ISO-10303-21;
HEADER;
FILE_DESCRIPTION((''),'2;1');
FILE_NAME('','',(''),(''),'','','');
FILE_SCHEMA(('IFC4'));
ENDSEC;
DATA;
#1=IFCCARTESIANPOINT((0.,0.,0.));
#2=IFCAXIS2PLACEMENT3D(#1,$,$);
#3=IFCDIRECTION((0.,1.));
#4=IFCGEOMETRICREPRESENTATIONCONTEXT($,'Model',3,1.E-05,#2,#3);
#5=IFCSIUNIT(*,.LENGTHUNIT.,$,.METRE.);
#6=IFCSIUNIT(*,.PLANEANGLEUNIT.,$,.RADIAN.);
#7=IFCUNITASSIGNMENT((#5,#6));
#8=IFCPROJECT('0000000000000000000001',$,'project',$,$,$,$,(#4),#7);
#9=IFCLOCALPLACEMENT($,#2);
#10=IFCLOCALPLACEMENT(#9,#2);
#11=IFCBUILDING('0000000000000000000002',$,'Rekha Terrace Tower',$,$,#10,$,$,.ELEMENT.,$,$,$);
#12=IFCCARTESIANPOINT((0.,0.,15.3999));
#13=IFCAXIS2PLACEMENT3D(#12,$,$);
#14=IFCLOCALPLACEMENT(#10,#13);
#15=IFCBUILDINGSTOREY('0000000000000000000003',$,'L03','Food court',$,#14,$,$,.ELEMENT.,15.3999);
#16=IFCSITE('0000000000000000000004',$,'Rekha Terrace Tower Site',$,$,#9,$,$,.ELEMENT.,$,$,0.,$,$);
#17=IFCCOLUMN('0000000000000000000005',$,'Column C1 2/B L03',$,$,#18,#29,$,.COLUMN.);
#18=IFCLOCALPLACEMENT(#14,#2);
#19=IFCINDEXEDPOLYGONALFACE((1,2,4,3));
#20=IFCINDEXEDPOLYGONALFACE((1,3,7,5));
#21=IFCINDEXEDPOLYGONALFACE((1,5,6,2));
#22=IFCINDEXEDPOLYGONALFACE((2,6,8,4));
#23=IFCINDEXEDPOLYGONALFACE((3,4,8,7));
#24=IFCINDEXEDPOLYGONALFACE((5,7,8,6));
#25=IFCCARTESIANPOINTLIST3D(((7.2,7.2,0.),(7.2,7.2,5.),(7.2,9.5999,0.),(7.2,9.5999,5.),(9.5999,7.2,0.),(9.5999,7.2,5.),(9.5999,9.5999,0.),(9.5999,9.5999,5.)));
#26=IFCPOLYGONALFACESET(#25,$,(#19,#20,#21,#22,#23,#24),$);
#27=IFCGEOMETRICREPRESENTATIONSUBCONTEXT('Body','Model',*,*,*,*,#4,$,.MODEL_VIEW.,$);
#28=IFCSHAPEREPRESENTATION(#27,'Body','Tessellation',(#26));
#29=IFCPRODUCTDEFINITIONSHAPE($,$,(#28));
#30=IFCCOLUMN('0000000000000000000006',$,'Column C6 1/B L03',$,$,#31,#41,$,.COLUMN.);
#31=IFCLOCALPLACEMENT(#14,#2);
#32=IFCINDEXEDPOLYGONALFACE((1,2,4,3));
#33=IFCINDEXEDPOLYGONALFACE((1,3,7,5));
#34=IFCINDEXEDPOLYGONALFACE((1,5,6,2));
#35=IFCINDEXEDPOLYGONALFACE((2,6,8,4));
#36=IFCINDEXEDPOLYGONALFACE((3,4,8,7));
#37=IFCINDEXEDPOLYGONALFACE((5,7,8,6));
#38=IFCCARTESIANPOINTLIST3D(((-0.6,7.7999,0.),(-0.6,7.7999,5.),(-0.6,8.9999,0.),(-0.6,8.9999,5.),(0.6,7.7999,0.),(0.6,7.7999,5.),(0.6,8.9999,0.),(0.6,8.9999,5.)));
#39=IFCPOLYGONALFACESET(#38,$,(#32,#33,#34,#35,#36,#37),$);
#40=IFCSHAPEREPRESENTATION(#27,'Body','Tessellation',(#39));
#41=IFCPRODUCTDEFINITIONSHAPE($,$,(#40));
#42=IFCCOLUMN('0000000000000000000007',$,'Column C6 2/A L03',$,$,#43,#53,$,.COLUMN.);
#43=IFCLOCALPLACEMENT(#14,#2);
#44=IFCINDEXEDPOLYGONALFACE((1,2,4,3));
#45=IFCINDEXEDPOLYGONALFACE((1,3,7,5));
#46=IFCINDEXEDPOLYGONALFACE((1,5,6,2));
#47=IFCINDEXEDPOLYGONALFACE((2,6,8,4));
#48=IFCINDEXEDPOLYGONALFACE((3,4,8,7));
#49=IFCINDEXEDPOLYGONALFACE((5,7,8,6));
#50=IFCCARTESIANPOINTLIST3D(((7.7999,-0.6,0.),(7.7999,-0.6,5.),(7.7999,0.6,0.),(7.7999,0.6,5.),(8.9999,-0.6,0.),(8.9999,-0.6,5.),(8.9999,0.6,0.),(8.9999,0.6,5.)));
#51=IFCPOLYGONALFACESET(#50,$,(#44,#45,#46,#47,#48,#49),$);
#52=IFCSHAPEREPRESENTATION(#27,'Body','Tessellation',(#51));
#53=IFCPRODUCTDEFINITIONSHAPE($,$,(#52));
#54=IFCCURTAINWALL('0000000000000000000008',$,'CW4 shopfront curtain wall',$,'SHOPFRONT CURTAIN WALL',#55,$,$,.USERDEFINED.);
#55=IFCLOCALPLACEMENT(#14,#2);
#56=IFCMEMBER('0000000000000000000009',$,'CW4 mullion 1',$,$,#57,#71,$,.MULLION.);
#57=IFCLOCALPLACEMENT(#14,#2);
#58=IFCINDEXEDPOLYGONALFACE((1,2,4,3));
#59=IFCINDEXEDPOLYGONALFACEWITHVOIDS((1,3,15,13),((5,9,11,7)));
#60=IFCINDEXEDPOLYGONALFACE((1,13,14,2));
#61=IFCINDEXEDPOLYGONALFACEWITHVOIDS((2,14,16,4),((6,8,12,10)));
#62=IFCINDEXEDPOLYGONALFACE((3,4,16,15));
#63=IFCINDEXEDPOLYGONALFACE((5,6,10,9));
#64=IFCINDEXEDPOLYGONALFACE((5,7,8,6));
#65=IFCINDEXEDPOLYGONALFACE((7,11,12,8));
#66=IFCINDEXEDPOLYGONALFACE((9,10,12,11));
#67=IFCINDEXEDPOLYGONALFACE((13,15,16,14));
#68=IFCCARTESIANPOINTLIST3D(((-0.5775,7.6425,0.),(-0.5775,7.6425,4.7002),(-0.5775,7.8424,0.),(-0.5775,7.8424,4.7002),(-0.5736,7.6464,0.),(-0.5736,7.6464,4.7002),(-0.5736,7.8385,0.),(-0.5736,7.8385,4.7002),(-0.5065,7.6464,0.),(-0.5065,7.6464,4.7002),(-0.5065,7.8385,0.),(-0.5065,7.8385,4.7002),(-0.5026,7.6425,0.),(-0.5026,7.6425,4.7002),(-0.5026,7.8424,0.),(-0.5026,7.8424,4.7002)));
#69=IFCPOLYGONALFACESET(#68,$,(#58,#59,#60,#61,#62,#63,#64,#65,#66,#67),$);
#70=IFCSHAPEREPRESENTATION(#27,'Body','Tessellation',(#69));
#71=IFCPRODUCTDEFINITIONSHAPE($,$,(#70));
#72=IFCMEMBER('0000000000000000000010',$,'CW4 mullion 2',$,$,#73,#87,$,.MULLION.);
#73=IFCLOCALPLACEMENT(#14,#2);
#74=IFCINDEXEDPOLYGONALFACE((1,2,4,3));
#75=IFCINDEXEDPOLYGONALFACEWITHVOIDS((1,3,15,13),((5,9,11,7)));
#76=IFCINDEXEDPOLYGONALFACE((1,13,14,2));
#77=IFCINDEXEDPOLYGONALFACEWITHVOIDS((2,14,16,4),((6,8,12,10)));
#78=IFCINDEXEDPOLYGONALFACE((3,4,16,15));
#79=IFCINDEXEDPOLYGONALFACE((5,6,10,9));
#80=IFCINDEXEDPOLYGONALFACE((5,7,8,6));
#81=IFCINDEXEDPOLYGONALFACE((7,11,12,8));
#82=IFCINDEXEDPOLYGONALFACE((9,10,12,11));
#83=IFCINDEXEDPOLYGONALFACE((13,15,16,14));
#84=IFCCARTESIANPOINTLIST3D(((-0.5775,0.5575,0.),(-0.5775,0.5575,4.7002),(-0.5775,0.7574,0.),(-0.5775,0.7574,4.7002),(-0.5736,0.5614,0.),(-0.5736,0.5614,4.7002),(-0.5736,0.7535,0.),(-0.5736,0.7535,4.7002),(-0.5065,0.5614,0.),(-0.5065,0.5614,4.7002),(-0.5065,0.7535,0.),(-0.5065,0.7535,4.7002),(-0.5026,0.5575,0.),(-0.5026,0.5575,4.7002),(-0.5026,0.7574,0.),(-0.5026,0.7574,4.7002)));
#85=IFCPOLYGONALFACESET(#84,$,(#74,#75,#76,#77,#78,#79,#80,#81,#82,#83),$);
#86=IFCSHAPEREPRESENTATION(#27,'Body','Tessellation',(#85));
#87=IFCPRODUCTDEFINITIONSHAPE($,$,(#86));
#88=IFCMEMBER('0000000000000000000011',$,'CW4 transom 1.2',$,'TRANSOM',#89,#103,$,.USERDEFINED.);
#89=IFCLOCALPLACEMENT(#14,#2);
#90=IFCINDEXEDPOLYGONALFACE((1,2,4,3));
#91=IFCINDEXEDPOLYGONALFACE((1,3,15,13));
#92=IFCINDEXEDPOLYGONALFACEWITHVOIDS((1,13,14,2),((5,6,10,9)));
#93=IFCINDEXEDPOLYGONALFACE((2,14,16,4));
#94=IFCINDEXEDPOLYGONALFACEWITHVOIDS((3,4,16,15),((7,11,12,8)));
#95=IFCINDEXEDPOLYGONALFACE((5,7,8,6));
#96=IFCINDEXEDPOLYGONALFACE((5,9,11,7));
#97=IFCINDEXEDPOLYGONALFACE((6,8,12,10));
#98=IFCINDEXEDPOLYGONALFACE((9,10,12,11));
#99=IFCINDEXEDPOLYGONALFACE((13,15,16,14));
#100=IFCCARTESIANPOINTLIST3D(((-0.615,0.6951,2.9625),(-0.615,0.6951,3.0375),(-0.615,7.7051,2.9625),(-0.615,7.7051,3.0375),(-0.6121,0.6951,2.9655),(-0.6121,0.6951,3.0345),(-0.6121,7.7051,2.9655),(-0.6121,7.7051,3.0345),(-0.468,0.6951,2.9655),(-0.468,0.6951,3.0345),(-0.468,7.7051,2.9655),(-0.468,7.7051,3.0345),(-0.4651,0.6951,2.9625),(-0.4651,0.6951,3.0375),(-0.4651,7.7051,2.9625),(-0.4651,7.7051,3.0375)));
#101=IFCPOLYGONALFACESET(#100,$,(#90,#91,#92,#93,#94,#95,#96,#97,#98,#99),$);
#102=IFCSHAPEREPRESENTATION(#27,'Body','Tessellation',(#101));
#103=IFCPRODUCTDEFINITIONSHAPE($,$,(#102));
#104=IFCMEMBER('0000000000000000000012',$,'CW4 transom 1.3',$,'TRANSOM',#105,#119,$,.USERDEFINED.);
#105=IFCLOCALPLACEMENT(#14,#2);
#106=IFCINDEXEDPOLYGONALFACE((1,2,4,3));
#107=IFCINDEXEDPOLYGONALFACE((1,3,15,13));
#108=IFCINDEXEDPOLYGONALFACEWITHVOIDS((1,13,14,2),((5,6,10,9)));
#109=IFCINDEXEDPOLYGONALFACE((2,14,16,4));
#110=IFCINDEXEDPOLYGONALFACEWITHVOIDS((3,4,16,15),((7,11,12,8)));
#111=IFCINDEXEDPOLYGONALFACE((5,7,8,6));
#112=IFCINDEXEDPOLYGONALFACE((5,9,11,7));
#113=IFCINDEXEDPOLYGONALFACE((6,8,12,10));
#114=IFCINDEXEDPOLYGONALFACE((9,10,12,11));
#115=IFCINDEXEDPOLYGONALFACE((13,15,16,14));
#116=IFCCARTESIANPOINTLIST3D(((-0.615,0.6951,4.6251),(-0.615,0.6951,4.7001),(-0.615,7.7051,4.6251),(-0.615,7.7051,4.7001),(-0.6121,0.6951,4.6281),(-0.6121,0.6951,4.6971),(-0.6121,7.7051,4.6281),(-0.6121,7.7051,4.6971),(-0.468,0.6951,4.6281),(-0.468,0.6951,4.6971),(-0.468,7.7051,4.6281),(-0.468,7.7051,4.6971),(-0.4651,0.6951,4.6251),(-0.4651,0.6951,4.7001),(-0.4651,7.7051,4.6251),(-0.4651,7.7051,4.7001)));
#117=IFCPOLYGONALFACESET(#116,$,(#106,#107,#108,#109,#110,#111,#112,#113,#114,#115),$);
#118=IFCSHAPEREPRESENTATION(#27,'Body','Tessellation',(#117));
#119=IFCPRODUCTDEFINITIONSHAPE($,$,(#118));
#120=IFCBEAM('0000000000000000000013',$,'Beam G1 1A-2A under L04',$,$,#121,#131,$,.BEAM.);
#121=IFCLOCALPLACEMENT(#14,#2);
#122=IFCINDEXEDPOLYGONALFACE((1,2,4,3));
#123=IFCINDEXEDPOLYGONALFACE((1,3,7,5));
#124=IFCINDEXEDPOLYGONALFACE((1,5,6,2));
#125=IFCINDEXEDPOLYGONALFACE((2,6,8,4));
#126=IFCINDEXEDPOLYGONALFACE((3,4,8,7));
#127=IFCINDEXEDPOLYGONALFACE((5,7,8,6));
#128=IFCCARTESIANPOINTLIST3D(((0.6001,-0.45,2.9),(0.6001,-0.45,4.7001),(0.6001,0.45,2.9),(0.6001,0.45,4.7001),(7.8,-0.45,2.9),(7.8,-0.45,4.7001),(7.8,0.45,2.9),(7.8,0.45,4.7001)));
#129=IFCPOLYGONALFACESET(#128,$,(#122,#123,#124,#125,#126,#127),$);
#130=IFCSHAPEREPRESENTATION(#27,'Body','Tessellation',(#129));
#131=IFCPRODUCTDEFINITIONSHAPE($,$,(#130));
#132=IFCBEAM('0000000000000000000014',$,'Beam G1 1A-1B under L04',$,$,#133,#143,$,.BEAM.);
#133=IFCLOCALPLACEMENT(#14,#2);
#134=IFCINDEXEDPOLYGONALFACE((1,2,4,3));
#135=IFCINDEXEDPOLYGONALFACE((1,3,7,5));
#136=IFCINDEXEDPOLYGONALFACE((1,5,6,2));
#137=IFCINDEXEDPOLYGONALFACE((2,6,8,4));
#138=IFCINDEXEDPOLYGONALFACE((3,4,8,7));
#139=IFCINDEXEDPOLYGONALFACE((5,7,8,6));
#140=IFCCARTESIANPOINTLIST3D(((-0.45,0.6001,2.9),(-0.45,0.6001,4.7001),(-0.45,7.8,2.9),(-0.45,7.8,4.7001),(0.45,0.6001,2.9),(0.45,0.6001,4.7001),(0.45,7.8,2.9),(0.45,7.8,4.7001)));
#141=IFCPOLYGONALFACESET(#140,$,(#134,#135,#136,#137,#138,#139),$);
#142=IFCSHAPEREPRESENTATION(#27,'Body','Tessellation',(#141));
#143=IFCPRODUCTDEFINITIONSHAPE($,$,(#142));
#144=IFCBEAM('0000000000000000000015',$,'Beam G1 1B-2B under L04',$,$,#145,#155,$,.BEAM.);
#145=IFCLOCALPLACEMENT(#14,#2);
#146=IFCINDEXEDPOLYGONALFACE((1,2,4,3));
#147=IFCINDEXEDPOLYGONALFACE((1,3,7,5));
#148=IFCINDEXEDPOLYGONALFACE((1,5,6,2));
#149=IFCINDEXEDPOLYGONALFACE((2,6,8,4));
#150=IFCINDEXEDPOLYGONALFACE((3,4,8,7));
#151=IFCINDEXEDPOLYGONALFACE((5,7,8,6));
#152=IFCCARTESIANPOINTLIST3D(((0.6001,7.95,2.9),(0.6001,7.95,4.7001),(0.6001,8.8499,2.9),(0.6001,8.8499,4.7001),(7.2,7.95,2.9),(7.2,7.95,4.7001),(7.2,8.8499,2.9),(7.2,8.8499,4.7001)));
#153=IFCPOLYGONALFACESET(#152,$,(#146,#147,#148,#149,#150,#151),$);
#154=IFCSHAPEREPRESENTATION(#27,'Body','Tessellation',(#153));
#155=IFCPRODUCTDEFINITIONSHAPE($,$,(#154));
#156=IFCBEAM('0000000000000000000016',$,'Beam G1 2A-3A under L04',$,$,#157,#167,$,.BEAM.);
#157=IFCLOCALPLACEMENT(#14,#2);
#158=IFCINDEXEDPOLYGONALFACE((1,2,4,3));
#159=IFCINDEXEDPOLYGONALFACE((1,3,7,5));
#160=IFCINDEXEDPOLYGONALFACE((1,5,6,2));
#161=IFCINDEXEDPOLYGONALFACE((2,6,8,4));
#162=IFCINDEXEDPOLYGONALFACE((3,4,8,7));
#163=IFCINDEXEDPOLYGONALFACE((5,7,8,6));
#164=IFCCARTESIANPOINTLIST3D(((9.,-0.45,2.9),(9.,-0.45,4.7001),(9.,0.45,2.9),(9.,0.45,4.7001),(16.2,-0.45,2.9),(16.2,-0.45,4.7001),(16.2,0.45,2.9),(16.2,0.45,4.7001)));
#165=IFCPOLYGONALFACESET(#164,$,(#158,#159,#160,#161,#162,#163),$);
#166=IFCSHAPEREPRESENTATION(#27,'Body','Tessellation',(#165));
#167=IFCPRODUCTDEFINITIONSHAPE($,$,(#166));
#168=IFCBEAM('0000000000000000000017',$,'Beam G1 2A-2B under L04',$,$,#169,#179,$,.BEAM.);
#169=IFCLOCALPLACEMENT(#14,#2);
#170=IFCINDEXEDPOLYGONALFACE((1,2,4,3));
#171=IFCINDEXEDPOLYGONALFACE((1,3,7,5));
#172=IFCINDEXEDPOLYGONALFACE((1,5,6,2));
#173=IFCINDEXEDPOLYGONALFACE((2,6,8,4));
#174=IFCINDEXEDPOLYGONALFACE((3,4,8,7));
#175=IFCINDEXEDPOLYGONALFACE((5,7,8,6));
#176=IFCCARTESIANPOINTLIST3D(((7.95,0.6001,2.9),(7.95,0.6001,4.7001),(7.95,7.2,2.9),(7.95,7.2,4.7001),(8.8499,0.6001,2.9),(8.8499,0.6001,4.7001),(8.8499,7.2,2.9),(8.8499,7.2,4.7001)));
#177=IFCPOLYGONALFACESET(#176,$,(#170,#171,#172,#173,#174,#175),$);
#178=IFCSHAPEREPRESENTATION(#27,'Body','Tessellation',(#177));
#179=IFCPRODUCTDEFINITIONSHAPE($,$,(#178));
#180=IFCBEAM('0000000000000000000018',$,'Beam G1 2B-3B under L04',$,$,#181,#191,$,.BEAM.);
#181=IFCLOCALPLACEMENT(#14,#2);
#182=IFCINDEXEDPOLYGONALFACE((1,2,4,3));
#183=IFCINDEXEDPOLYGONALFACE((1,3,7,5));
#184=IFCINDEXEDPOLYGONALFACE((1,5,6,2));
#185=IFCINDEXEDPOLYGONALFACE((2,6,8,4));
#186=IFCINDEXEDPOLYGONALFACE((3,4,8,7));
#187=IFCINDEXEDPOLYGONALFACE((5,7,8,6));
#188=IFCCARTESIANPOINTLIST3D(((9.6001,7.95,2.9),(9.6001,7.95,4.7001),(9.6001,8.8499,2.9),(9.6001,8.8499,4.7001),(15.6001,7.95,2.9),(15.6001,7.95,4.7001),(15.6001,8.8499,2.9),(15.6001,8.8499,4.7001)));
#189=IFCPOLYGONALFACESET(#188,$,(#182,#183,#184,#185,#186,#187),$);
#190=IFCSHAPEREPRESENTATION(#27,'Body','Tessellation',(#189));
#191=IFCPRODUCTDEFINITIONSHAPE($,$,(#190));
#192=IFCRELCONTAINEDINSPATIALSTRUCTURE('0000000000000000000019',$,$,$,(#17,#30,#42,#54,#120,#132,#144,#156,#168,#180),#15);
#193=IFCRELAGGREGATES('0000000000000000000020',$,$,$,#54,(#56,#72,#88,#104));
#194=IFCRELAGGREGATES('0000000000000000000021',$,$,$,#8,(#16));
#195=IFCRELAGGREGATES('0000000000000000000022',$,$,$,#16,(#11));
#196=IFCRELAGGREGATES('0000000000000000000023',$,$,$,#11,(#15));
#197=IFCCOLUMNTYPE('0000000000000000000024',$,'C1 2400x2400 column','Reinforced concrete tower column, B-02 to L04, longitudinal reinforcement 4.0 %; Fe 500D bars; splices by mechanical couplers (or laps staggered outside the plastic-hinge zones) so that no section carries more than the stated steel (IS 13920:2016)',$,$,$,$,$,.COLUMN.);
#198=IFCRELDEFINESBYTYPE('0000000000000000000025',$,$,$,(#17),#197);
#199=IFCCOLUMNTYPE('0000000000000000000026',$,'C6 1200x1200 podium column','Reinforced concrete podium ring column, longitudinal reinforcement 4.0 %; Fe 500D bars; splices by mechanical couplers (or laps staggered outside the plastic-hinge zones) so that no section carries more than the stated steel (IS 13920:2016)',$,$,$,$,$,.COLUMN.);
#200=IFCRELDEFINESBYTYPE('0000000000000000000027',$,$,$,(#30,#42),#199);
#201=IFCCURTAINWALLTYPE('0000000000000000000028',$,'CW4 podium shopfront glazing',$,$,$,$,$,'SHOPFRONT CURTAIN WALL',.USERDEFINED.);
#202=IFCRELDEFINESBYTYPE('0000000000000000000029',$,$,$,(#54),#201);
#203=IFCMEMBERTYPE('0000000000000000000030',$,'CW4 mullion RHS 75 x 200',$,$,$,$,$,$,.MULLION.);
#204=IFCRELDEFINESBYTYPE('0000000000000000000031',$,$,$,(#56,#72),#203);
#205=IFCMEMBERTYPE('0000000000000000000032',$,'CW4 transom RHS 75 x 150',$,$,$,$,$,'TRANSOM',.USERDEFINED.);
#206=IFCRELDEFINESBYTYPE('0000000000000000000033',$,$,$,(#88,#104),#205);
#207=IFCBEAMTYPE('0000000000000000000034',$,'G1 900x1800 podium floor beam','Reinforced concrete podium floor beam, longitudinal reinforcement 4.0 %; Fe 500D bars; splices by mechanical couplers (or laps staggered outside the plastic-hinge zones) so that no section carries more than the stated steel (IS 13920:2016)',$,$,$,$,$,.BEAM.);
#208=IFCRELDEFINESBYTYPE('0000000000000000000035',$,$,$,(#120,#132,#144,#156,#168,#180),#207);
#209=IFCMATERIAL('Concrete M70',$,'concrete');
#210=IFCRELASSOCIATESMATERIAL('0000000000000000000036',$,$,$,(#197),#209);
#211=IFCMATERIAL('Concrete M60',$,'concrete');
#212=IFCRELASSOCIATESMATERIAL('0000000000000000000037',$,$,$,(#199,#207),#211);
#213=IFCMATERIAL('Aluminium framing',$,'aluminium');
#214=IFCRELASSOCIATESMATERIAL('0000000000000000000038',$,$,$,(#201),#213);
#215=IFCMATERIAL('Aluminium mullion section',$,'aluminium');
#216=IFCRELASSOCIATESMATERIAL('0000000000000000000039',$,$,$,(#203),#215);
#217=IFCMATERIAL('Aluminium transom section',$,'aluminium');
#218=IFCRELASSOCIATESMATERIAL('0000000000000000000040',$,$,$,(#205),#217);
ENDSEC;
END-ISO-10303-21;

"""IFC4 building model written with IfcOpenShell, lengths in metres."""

from ifc_helpers import new_model, si_unit, direction, frame, origin, origin_2d, place, context, subcontext, project, spatial, rectangle, hollow_rectangle, extrude, material, material_profile, profile_set, type_object, element, aggregate, save


model = new_model("IFC4")

# Units and contexts
model_context = context("Model", 3, precision=1e-05, world=origin(), true_north=direction((0.0, 1.0)))
body_context = subcontext(model_context, "Body", "Model", "MODEL_VIEW")
ifc_project = project(units=[si_unit("LENGTHUNIT", "METRE"), si_unit("PLANEANGLEUNIT", "RADIAN")], contexts=[model_context])

# Site, building, storey
site_placement = place(None, origin())
site = spatial("IfcSite", under=ifc_project, at=site_placement, Name="Rekha Terrace Tower Site", CompositionType="ELEMENT", RefElevation=0.0)
building_placement = place(site_placement, origin())
building = spatial("IfcBuilding", under=site, at=building_placement, Name="Rekha Terrace Tower", CompositionType="ELEMENT")
storey_placement = place(building_placement, frame((0.0, 0.0, 15.3999)))
storey = spatial("IfcBuildingStorey", under=building, at=storey_placement, Name="L03", Description="Food court", CompositionType="ELEMENT", Elevation=15.3999)

# Columns
ifc_material_1 = material(Name="Concrete M70", Category="concrete")
ifc_material_profile_1 = material_profile(ifc_material_1, rectangle(XDim=2.3999, YDim=2.3999, at=origin_2d()), Name="RC 2400x2400")
ifc_profile_set_1 = profile_set([ifc_material_profile_1], Name="Concrete M70")
column_type_1 = type_object("IfcColumnType", Name="C1 2400x2400 column", Description="Reinforced concrete tower column, B-02 to L04, longitudinal reinforcement 4.0 %; Fe 500D bars; splices by mechanical couplers (or laps staggered outside the plastic-hinge zones) so that no section carries more than the stated steel (IS 13920:2016)", PredefinedType="COLUMN", material=ifc_profile_set_1)
column_placement = place(storey_placement, frame((8.3999, 8.3999, 0.0), z_axis=(0.0, 0.0, 1.0), x_axis=(1.0, 0.0, 0.0)))
element("IfcColumn", 1, at=column_placement, inside=storey, type_object=column_type_1, Name="Column C1 2/B L03", PredefinedType="COLUMN", context=body_context, shape_type="SweptSolid", body=[
    extrude(rectangle(XDim=2.3999, YDim=2.3999, at=origin_2d()), origin(), (0.0, 0.0, 1.0), 5.0),
])
ifc_material_2 = material(Name="Concrete M60", Category="concrete")
ifc_material_profile_2 = material_profile(ifc_material_2, rectangle(XDim=1.2, YDim=1.2, at=origin_2d()), Name="RC 1200x1200")
ifc_profile_set_2 = profile_set([ifc_material_profile_2], Name="Concrete M60")
column_type_2 = type_object("IfcColumnType", Name="C6 1200x1200 podium column", Description="Reinforced concrete podium ring column, longitudinal reinforcement 4.0 %; Fe 500D bars; splices by mechanical couplers (or laps staggered outside the plastic-hinge zones) so that no section carries more than the stated steel (IS 13920:2016)", PredefinedType="COLUMN", material=ifc_profile_set_2)
for number, where, z_axis, x_axis, name in (
    (2, (0.0, 8.3999, 0.0), (0.0, 0.0, 1.0), (1.0, 0.0, 0.0), "Column C6 1/B L03"),
    (3, (8.3999, 0.0, 0.0), (0.0, 0.0, 1.0), (1.0, 0.0, 0.0), "Column C6 2/A L03"),
):
    element("IfcColumn", number, at=place(storey_placement, frame(where, z_axis=z_axis, x_axis=x_axis)), inside=storey, type_object=column_type_2, Name=name, PredefinedType="COLUMN", context=body_context, shape_type="SweptSolid", body=[
        extrude(rectangle(XDim=1.2, YDim=1.2, at=origin_2d()), origin(), (0.0, 0.0, 1.0), 5.0),
    ])

# Curtain wall, members
ifc_material_3 = material(Name="Aluminium framing", Category="aluminium")
curtain_wall_type = type_object("IfcCurtainWallType", Name="CW4 podium shopfront glazing", ElementType="SHOPFRONT CURTAIN WALL", PredefinedType="USERDEFINED", material=ifc_material_3)
curtain_wall_placement = place(storey_placement, origin())
curtain_wall = element("IfcCurtainWall", 4, at=curtain_wall_placement, inside=storey, type_object=curtain_wall_type, Name="CW4 shopfront curtain wall", ObjectType="SHOPFRONT CURTAIN WALL", PredefinedType="USERDEFINED")
ifc_material_4 = material(Name="Aluminium mullion section", Category="aluminium")
ifc_material_profile_3 = material_profile(ifc_material_4, hollow_rectangle(XDim=0.075, YDim=0.2, WallThickness=0.0039, at=origin_2d()), Name="AL RHS 75x200")
ifc_profile_set_3 = profile_set([ifc_material_profile_3], Name="Aluminium mullion section")
member_type_1 = type_object("IfcMemberType", Name="CW4 mullion RHS 75 x 200", PredefinedType="MULLION", material=ifc_profile_set_3)
member_1_placement = place(storey_placement, frame((-0.54, 7.7424, 0.0), z_axis=(0.0, 0.0, 1.0), x_axis=(1.0, 0.0, 0.0)))
member_1 = element("IfcMember", 5, at=member_1_placement, type_object=member_type_1, Name="CW4 mullion 1", PredefinedType="MULLION", context=body_context, shape_type="SweptSolid", body=[
    extrude(hollow_rectangle(XDim=0.075, YDim=0.2, WallThickness=0.0039, at=origin_2d()), origin(), (0.0, 0.0, 1.0), 4.7002),
])
member_2_placement = place(storey_placement, frame((-0.54, 0.6575, 0.0), z_axis=(0.0, 0.0, 1.0), x_axis=(1.0, 0.0, 0.0)))
member_2 = element("IfcMember", 6, at=member_2_placement, type_object=member_type_1, Name="CW4 mullion 2", PredefinedType="MULLION", context=body_context, shape_type="SweptSolid", body=[
    extrude(hollow_rectangle(XDim=0.075, YDim=0.2, WallThickness=0.0039, at=origin_2d()), origin(), (0.0, 0.0, 1.0), 4.7002),
])
ifc_material_5 = material(Name="Aluminium transom section", Category="aluminium")
ifc_material_profile_4 = material_profile(ifc_material_5, hollow_rectangle(XDim=0.1499, YDim=0.075, WallThickness=0.0029, at=origin_2d()), Name="AL RHS 150x75")
ifc_profile_set_4 = profile_set([ifc_material_profile_4], Name="Aluminium transom section")
member_type_2 = type_object("IfcMemberType", Name="CW4 transom RHS 75 x 150", ElementType="TRANSOM", PredefinedType="USERDEFINED", material=ifc_profile_set_4)
member_3_placement = place(storey_placement, frame((-0.54, 7.7051, 3.0), z_axis=(0.0, -1.0, 0.0), x_axis=(1.0, 0.0, 0.0)))
member_3 = element("IfcMember", 7, at=member_3_placement, type_object=member_type_2, Name="CW4 transom 1.2", ObjectType="TRANSOM", PredefinedType="USERDEFINED", context=body_context, shape_type="SweptSolid", body=[
    extrude(hollow_rectangle(XDim=0.1499, YDim=0.075, WallThickness=0.0029, at=origin_2d()), origin(), (0.0, 0.0, 1.0), 7.01),
])
member_4_placement = place(storey_placement, frame((-0.54, 7.7051, 4.6626), z_axis=(0.0, -1.0, 0.0), x_axis=(1.0, 0.0, 0.0)))
member_4 = element("IfcMember", 8, at=member_4_placement, type_object=member_type_2, Name="CW4 transom 1.3", ObjectType="TRANSOM", PredefinedType="USERDEFINED", context=body_context, shape_type="SweptSolid", body=[
    extrude(hollow_rectangle(XDim=0.1499, YDim=0.075, WallThickness=0.0029, at=origin_2d()), origin(), (0.0, 0.0, 1.0), 7.01),
])

# Beams
ifc_material_profile_5 = material_profile(ifc_material_2, rectangle(XDim=0.8999, YDim=1.8, at=origin_2d()), Name="RC 900x1800")
ifc_profile_set_5 = profile_set([ifc_material_profile_5], Name="Concrete M60")
beam_type = type_object("IfcBeamType", Name="G1 900x1800 podium floor beam", Description="Reinforced concrete podium floor beam, longitudinal reinforcement 4.0 %; Fe 500D bars; splices by mechanical couplers (or laps staggered outside the plastic-hinge zones) so that no section carries more than the stated steel (IS 13920:2016)", PredefinedType="BEAM", material=ifc_profile_set_5)
for number, where, z_axis, x_axis, name in (
    (9, (0.6001, 0.0, 3.8), (1.0, 0.0, 0.0), (0.0, 1.0, 0.0), "Beam G1 1A-2A under L04"),
    (10, (0.0, 0.6001, 3.8), (0.0, 1.0, 0.0), (-1.0, 0.0, 0.0), "Beam G1 1A-1B under L04"),
):
    element("IfcBeam", number, at=place(storey_placement, frame(where, z_axis=z_axis, x_axis=x_axis)), inside=storey, type_object=beam_type, Name=name, PredefinedType="BEAM", context=body_context, shape_type="SweptSolid", body=[
        extrude(rectangle(XDim=0.8999, YDim=1.8, at=origin_2d()), origin(), (0.0, 0.0, 1.0), 7.2),
    ])
beam_1_placement = place(storey_placement, frame((0.6001, 8.3999, 3.8), z_axis=(1.0, 0.0, 0.0), x_axis=(0.0, 1.0, 0.0)))
element("IfcBeam", 11, at=beam_1_placement, inside=storey, type_object=beam_type, Name="Beam G1 1B-2B under L04", PredefinedType="BEAM", context=body_context, shape_type="SweptSolid", body=[
    extrude(rectangle(XDim=0.8999, YDim=1.8, at=origin_2d()), origin(), (0.0, 0.0, 1.0), 6.5999),
])
beam_2_placement = place(storey_placement, frame((9.0, 0.0, 3.8), z_axis=(1.0, 0.0, 0.0), x_axis=(0.0, 1.0, 0.0)))
element("IfcBeam", 12, at=beam_2_placement, inside=storey, type_object=beam_type, Name="Beam G1 2A-3A under L04", PredefinedType="BEAM", context=body_context, shape_type="SweptSolid", body=[
    extrude(rectangle(XDim=0.8999, YDim=1.8, at=origin_2d()), origin(), (0.0, 0.0, 1.0), 7.2),
])
beam_3_placement = place(storey_placement, frame((8.3999, 0.6001, 3.8), z_axis=(0.0, 1.0, 0.0), x_axis=(-1.0, 0.0, 0.0)))
element("IfcBeam", 13, at=beam_3_placement, inside=storey, type_object=beam_type, Name="Beam G1 2A-2B under L04", PredefinedType="BEAM", context=body_context, shape_type="SweptSolid", body=[
    extrude(rectangle(XDim=0.8999, YDim=1.8, at=origin_2d()), origin(), (0.0, 0.0, 1.0), 6.5999),
])
beam_4_placement = place(storey_placement, frame((9.6001, 8.3999, 3.8), z_axis=(1.0, 0.0, 0.0), x_axis=(0.0, 1.0, 0.0)))
element("IfcBeam", 14, at=beam_4_placement, inside=storey, type_object=beam_type, Name="Beam G1 2B-3B under L04", PredefinedType="BEAM", context=body_context, shape_type="SweptSolid", body=[
    extrude(rectangle(XDim=0.8999, YDim=1.8, at=origin_2d()), origin(), (0.0, 0.0, 1.0), 6.0),
])

aggregate(curtain_wall, [member_1, member_2, member_3, member_4])

save(model, "model.ifc")
